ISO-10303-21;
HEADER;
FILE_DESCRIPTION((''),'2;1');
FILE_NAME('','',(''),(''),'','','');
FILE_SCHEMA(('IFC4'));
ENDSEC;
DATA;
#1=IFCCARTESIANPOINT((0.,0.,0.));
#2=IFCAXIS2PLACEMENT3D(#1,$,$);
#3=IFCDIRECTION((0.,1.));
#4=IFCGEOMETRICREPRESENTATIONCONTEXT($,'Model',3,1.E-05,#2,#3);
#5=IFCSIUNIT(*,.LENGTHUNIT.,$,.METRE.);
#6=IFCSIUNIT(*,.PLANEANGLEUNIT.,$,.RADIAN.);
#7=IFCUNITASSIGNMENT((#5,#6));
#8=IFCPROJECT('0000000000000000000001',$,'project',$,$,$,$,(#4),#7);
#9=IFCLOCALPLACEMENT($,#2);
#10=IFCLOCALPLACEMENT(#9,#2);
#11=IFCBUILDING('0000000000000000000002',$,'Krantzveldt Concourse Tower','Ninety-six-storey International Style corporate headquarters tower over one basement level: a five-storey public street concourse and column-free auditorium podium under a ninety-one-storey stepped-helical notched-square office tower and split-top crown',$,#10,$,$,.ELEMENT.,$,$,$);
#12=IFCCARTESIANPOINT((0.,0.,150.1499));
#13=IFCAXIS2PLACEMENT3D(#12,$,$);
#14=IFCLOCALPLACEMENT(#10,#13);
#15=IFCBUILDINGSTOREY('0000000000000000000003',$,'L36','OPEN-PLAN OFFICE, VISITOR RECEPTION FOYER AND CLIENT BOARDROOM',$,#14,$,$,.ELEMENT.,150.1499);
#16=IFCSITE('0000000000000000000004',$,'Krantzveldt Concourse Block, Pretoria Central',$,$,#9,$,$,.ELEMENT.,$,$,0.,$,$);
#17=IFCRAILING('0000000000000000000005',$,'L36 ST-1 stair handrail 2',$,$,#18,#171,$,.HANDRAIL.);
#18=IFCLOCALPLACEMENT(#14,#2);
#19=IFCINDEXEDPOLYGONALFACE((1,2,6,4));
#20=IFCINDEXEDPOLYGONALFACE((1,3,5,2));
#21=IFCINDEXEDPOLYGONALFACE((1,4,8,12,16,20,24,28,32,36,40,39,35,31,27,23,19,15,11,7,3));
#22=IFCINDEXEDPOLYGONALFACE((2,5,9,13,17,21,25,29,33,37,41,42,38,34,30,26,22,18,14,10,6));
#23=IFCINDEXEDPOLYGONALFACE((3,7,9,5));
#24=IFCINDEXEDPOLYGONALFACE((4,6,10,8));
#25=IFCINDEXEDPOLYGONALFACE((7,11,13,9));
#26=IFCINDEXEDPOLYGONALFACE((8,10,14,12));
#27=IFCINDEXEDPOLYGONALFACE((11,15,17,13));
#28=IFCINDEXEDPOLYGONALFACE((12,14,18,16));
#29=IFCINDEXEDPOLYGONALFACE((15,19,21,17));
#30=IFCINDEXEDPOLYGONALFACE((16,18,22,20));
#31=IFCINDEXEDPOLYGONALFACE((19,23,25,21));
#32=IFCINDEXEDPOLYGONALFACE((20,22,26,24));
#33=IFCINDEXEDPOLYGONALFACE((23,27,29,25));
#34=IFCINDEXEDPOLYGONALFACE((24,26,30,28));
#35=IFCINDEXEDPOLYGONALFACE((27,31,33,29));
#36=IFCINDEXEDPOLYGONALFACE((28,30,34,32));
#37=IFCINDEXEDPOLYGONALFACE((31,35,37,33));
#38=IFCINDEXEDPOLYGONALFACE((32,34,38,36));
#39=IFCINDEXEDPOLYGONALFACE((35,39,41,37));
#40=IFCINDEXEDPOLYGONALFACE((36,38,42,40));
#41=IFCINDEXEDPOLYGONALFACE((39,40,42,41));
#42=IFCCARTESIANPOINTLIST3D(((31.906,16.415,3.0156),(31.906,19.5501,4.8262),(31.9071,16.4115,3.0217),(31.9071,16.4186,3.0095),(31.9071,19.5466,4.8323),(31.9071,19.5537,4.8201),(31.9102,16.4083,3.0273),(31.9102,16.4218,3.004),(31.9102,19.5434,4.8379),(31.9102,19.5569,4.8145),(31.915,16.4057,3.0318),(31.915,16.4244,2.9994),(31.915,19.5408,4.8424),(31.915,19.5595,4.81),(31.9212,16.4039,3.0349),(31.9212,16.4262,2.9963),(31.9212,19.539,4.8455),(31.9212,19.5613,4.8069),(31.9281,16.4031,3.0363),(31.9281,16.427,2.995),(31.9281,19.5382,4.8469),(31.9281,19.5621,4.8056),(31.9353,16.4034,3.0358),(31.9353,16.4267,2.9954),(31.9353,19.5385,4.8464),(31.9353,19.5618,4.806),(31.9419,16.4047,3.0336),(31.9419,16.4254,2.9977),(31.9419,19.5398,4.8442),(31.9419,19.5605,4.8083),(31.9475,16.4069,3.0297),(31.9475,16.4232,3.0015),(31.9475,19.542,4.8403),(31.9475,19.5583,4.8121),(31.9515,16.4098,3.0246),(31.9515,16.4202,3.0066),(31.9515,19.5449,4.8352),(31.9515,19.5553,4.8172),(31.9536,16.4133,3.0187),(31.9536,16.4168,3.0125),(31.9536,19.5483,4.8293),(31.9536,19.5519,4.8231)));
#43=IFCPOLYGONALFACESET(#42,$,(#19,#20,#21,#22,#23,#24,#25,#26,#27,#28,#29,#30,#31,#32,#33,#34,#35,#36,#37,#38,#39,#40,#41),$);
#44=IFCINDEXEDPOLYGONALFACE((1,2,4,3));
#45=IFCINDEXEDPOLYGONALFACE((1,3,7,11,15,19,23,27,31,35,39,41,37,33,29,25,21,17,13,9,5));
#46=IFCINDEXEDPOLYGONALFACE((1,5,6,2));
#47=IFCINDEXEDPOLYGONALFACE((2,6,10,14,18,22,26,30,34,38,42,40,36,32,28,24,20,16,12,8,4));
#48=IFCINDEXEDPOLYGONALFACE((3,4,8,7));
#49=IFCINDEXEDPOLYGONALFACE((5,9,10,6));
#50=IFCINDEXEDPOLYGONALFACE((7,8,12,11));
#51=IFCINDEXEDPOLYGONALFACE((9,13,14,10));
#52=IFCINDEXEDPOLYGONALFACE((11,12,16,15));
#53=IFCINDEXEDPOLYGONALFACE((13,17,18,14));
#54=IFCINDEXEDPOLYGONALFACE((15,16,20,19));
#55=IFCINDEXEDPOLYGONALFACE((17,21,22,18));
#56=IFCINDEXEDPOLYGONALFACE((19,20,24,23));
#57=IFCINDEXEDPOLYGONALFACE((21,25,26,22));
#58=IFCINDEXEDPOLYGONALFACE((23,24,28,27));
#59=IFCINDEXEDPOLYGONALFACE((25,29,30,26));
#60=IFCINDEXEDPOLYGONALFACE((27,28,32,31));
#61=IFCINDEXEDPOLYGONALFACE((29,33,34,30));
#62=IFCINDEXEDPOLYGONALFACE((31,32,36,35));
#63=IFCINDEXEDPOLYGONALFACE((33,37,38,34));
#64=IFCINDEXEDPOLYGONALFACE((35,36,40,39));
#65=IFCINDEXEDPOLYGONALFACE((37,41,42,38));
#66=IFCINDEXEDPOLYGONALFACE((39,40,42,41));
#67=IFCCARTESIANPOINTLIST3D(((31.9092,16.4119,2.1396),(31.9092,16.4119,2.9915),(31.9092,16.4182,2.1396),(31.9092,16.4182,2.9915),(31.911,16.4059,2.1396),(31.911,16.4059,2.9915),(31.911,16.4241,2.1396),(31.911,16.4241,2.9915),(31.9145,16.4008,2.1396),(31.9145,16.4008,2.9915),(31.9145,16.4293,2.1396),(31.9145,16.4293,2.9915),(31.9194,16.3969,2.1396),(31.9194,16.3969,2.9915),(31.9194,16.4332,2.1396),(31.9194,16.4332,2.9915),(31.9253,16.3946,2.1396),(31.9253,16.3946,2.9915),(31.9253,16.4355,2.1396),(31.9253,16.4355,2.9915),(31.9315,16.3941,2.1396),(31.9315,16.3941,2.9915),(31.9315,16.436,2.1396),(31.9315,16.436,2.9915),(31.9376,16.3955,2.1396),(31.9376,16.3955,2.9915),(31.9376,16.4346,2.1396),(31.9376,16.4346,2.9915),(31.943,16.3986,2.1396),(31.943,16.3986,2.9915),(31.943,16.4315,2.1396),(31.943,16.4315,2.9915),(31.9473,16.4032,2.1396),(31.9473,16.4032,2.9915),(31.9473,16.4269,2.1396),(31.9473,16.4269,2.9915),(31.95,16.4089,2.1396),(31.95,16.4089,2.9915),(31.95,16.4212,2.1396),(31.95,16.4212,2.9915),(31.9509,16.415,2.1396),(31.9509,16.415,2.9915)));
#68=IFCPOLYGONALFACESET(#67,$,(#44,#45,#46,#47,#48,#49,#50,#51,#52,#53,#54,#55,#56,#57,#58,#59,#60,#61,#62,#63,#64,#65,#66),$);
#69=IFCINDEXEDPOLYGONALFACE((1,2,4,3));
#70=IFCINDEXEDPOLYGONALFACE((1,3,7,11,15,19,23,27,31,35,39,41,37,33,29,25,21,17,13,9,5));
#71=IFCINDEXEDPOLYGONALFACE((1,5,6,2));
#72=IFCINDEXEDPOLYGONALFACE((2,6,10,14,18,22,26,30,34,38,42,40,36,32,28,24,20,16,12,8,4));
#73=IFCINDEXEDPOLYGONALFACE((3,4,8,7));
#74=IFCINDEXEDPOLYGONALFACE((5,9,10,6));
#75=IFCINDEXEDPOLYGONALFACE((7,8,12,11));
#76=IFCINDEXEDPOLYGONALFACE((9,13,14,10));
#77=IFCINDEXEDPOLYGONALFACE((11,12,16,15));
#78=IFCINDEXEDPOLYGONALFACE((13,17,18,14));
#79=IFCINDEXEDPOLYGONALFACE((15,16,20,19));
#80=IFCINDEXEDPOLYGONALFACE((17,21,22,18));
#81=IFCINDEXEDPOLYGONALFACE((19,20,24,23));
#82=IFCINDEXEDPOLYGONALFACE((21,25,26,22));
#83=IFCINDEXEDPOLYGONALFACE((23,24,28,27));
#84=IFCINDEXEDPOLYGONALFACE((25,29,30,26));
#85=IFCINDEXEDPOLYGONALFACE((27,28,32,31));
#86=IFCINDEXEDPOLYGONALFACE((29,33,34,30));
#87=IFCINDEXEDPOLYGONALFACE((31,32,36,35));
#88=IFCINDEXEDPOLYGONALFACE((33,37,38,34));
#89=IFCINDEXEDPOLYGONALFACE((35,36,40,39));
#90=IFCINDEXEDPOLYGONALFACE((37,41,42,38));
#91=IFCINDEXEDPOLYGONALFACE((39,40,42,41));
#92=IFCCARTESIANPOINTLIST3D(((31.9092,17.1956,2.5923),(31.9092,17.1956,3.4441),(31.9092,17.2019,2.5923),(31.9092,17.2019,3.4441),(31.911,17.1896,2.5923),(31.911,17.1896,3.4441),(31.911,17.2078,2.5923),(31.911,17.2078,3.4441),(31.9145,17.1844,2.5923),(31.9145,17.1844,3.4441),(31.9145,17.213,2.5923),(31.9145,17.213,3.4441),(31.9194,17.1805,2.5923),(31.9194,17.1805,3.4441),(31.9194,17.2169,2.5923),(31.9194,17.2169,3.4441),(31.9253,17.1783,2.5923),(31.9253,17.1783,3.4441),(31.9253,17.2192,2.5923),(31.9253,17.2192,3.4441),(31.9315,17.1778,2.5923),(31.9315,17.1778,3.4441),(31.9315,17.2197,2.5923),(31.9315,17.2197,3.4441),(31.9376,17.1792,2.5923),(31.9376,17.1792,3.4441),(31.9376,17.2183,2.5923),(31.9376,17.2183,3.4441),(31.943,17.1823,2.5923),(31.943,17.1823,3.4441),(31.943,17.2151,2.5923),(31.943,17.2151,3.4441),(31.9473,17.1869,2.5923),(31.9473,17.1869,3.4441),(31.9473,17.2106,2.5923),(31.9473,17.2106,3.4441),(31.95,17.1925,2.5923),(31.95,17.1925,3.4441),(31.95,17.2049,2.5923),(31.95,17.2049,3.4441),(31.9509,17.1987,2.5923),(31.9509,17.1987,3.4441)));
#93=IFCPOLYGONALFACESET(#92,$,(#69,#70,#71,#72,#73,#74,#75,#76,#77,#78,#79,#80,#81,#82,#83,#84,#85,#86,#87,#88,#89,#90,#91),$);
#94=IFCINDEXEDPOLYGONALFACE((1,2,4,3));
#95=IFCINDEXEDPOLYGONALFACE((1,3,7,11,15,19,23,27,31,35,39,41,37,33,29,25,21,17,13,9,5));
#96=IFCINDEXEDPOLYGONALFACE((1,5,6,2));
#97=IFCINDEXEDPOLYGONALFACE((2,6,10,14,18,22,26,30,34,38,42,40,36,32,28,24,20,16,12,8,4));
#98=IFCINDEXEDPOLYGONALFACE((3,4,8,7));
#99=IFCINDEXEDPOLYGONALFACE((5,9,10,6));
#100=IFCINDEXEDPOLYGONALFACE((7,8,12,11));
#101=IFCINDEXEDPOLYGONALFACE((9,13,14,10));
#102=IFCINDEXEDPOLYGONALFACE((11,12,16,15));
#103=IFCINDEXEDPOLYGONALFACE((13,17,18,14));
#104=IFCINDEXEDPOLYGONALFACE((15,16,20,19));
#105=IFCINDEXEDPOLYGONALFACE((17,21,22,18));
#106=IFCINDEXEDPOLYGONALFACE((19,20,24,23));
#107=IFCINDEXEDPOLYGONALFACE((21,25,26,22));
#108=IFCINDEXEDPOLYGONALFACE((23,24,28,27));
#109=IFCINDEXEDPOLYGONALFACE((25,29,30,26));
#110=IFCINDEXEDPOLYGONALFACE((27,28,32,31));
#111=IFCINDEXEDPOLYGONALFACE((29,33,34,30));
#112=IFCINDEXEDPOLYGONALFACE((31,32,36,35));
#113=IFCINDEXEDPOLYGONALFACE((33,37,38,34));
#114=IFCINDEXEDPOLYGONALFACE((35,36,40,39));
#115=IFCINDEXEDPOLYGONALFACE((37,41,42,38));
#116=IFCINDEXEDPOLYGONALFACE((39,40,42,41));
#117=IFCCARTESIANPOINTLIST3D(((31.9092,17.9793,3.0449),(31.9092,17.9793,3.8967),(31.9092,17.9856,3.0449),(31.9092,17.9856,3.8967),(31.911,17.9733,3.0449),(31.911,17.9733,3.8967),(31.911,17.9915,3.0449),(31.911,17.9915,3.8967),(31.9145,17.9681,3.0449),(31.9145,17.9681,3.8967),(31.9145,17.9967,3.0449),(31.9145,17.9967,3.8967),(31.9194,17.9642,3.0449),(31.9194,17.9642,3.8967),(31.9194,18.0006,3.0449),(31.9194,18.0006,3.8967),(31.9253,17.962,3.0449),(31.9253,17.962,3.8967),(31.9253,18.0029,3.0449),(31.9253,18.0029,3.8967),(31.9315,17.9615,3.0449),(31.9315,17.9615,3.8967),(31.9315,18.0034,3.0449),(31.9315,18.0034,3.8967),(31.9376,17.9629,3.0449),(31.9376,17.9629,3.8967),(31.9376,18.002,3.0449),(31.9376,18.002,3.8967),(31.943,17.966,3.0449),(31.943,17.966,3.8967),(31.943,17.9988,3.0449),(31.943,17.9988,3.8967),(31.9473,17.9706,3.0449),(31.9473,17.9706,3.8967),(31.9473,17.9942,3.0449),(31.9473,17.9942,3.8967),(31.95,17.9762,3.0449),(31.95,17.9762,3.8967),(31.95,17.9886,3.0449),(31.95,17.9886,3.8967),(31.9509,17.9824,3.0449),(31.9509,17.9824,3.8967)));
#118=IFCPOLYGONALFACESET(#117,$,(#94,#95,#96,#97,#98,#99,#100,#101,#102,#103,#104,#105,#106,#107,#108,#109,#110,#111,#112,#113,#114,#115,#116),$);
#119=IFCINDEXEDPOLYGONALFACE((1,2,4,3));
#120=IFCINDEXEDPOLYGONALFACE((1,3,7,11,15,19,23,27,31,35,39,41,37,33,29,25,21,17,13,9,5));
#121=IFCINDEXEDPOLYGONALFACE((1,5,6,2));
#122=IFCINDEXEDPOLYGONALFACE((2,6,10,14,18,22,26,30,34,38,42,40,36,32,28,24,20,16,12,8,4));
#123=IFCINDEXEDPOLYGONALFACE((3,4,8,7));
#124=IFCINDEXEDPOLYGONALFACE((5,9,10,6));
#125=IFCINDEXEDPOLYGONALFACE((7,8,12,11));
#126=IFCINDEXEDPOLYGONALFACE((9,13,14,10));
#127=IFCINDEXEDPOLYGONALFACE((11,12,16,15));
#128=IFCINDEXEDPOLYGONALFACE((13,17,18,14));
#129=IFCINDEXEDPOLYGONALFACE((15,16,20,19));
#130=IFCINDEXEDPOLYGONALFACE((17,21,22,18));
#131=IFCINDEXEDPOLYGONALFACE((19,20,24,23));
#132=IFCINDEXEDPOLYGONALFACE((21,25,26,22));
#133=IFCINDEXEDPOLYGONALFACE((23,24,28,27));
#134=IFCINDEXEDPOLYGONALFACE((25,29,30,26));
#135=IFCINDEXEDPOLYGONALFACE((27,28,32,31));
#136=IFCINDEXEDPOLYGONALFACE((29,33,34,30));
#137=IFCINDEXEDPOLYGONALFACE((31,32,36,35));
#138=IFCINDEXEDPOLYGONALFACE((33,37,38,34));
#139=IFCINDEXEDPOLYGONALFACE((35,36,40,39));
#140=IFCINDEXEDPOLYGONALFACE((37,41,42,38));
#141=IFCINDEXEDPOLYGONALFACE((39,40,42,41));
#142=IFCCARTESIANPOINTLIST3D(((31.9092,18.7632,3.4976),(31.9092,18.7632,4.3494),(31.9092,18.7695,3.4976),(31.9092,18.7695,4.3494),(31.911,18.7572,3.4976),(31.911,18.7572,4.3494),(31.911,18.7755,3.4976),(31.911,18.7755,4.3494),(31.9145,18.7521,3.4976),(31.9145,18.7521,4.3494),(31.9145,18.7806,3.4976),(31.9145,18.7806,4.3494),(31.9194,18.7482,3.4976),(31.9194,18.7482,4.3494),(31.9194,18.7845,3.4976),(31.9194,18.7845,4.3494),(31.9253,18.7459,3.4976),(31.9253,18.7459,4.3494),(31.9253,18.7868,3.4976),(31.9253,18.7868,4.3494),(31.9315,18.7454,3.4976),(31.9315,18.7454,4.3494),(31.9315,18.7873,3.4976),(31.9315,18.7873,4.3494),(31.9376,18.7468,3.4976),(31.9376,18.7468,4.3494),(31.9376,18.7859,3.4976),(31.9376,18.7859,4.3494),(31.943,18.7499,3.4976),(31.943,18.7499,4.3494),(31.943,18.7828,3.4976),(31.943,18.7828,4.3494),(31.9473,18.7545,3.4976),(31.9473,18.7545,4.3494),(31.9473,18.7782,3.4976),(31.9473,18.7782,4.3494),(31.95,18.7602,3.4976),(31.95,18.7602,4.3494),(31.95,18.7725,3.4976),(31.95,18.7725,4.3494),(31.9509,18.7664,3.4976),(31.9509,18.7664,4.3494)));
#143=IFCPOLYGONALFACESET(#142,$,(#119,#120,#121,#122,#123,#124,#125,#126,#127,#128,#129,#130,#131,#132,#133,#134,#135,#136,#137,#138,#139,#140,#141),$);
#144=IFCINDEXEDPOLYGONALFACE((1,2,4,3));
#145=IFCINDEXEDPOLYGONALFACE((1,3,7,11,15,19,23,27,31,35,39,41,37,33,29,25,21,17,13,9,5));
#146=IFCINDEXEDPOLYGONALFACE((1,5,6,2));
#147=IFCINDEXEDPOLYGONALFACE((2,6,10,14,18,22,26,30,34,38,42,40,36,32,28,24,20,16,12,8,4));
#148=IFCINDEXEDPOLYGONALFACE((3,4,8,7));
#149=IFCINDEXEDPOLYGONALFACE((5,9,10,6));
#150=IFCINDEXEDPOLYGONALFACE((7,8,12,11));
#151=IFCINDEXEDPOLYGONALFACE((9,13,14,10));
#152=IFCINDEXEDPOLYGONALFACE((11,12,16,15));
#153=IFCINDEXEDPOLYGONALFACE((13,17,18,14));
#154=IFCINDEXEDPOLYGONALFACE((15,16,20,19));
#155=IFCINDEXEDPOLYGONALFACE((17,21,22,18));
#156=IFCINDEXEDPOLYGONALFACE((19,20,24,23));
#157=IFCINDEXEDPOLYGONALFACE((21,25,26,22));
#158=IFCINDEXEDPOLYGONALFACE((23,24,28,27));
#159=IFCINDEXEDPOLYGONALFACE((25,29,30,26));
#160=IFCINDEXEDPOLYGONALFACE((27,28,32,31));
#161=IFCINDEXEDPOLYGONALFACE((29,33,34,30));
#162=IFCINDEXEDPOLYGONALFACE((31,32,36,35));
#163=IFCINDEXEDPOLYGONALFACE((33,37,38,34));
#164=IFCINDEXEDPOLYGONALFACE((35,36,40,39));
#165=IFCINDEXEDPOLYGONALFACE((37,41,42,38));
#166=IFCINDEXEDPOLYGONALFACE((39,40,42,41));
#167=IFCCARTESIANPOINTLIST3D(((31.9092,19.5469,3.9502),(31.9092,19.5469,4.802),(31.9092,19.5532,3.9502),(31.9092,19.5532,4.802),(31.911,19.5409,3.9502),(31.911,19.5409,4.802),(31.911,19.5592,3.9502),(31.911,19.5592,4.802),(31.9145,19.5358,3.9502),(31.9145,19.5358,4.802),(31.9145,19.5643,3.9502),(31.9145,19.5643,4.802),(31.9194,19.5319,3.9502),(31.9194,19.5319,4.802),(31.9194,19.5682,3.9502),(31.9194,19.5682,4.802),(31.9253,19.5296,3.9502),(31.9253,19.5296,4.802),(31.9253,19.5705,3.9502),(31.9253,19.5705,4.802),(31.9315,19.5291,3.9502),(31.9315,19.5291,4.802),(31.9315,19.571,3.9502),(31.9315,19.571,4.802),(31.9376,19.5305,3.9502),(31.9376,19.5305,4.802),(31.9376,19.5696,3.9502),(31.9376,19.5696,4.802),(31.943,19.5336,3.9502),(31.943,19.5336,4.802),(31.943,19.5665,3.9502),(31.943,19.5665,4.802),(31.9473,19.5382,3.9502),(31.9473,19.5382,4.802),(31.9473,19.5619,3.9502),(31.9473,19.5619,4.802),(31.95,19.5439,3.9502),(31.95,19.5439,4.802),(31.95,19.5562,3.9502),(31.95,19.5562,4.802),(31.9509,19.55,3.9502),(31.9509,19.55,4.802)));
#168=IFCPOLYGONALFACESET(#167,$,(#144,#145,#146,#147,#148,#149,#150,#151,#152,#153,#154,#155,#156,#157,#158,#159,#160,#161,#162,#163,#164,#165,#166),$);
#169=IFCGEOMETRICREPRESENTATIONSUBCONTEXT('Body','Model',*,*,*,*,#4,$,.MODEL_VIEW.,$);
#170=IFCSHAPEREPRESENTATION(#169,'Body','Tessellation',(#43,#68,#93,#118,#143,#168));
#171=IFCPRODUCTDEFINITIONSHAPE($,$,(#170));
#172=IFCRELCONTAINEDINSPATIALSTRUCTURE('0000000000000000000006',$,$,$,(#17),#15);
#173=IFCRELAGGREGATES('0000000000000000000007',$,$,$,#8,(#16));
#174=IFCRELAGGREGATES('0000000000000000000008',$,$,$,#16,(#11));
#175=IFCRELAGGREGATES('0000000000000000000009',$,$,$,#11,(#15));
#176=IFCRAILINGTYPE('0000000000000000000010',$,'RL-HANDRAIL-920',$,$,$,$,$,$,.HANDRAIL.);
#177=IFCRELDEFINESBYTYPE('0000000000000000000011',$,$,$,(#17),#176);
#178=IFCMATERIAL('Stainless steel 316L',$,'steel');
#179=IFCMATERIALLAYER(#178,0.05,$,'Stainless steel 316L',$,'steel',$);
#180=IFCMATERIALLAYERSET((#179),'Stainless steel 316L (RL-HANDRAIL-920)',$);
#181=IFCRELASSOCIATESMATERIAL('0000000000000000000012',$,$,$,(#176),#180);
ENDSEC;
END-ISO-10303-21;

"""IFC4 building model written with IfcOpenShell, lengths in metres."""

from ifc_helpers import new_model, si_unit, direction, frame, origin, origin_2d, place, context, subcontext, project, spatial, circle, extrude, material, layer, layer_set, type_object, element, save


model = new_model("IFC4")

# Units and contexts
model_context = context("Model", 3, precision=1e-05, world=origin(), true_north=direction((0.0, 1.0)))
body_context = subcontext(model_context, "Body", "Model", "MODEL_VIEW")
ifc_project = project(units=[si_unit("LENGTHUNIT", "METRE"), si_unit("PLANEANGLEUNIT", "RADIAN")], contexts=[model_context])

# Site, building, storey
site_placement = place(None, origin())
site = spatial("IfcSite", under=ifc_project, at=site_placement, Name="Krantzveldt Concourse Block, Pretoria Central", CompositionType="ELEMENT", RefElevation=0.0)
building_placement = place(site_placement, origin())
building = spatial("IfcBuilding", under=site, at=building_placement, Name="Krantzveldt Concourse Tower", Description="Ninety-six-storey International Style corporate headquarters tower over one basement level: a five-storey public street concourse and column-free auditorium podium under a ninety-one-storey stepped-helical notched-square office tower and split-top crown", CompositionType="ELEMENT")
storey_placement = place(building_placement, frame((0.0, 0.0, 150.1499)))
storey = spatial("IfcBuildingStorey", under=building, at=storey_placement, Name="L36", Description="OPEN-PLAN OFFICE, VISITOR RECEPTION FOYER AND CLIENT BOARDROOM", CompositionType="ELEMENT", Elevation=150.1499)

# Shared definitions
ifc_material_1 = material(Name="Stainless steel 316L", Category="steel")

# Railing
ifc_layer_1 = layer(ifc_material_1, 0.05, Name="Stainless steel 316L", Category="steel")
ifc_layer_set_1 = layer_set([ifc_layer_1], Name="Stainless steel 316L (RL-HANDRAIL-920)")
railing_type_1 = type_object("IfcRailingType", Name="RL-HANDRAIL-920", PredefinedType="HANDRAIL", material=ifc_layer_set_1)
railing_1_placement = place(storey_placement, frame((31.9299, 16.415, 2.1396)))
element("IfcRailing", 1, at=railing_1_placement, inside=storey, type_object=railing_type_1, Name="L36 ST-1 stair handrail 2", PredefinedType="HANDRAIL", context=body_context, shape_type="SweptSolid", body=[
    extrude(circle(Radius=0.0239, at=origin_2d()), frame((0.0, 0.0, 0.876), z_axis=(0.0, 0.86596, 0.500114), x_axis=(-1.0, 0.0, 0.0)), (0.0, 0.0, 1.0), 3.6204),
    extrude(circle(Radius=0.021, at=origin_2d()), origin(), (0.0, 0.0, 1.0), 0.8518),
    extrude(circle(Radius=0.021, at=origin_2d()), frame((0.0, 0.7837, 0.4526)), (0.0, 0.0, 1.0), 0.8518),
    extrude(circle(Radius=0.021, at=origin_2d()), frame((0.0, 1.5674, 0.9053)), (0.0, 0.0, 1.0), 0.8518),
    extrude(circle(Radius=0.021, at=origin_2d()), frame((0.0, 2.3513, 1.3579)), (0.0, 0.0, 1.0), 0.8518),
    extrude(circle(Radius=0.021, at=origin_2d()), frame((0.0, 3.135, 1.8105)), (0.0, 0.0, 1.0), 0.8518),
])

save(model, "model.ifc")
